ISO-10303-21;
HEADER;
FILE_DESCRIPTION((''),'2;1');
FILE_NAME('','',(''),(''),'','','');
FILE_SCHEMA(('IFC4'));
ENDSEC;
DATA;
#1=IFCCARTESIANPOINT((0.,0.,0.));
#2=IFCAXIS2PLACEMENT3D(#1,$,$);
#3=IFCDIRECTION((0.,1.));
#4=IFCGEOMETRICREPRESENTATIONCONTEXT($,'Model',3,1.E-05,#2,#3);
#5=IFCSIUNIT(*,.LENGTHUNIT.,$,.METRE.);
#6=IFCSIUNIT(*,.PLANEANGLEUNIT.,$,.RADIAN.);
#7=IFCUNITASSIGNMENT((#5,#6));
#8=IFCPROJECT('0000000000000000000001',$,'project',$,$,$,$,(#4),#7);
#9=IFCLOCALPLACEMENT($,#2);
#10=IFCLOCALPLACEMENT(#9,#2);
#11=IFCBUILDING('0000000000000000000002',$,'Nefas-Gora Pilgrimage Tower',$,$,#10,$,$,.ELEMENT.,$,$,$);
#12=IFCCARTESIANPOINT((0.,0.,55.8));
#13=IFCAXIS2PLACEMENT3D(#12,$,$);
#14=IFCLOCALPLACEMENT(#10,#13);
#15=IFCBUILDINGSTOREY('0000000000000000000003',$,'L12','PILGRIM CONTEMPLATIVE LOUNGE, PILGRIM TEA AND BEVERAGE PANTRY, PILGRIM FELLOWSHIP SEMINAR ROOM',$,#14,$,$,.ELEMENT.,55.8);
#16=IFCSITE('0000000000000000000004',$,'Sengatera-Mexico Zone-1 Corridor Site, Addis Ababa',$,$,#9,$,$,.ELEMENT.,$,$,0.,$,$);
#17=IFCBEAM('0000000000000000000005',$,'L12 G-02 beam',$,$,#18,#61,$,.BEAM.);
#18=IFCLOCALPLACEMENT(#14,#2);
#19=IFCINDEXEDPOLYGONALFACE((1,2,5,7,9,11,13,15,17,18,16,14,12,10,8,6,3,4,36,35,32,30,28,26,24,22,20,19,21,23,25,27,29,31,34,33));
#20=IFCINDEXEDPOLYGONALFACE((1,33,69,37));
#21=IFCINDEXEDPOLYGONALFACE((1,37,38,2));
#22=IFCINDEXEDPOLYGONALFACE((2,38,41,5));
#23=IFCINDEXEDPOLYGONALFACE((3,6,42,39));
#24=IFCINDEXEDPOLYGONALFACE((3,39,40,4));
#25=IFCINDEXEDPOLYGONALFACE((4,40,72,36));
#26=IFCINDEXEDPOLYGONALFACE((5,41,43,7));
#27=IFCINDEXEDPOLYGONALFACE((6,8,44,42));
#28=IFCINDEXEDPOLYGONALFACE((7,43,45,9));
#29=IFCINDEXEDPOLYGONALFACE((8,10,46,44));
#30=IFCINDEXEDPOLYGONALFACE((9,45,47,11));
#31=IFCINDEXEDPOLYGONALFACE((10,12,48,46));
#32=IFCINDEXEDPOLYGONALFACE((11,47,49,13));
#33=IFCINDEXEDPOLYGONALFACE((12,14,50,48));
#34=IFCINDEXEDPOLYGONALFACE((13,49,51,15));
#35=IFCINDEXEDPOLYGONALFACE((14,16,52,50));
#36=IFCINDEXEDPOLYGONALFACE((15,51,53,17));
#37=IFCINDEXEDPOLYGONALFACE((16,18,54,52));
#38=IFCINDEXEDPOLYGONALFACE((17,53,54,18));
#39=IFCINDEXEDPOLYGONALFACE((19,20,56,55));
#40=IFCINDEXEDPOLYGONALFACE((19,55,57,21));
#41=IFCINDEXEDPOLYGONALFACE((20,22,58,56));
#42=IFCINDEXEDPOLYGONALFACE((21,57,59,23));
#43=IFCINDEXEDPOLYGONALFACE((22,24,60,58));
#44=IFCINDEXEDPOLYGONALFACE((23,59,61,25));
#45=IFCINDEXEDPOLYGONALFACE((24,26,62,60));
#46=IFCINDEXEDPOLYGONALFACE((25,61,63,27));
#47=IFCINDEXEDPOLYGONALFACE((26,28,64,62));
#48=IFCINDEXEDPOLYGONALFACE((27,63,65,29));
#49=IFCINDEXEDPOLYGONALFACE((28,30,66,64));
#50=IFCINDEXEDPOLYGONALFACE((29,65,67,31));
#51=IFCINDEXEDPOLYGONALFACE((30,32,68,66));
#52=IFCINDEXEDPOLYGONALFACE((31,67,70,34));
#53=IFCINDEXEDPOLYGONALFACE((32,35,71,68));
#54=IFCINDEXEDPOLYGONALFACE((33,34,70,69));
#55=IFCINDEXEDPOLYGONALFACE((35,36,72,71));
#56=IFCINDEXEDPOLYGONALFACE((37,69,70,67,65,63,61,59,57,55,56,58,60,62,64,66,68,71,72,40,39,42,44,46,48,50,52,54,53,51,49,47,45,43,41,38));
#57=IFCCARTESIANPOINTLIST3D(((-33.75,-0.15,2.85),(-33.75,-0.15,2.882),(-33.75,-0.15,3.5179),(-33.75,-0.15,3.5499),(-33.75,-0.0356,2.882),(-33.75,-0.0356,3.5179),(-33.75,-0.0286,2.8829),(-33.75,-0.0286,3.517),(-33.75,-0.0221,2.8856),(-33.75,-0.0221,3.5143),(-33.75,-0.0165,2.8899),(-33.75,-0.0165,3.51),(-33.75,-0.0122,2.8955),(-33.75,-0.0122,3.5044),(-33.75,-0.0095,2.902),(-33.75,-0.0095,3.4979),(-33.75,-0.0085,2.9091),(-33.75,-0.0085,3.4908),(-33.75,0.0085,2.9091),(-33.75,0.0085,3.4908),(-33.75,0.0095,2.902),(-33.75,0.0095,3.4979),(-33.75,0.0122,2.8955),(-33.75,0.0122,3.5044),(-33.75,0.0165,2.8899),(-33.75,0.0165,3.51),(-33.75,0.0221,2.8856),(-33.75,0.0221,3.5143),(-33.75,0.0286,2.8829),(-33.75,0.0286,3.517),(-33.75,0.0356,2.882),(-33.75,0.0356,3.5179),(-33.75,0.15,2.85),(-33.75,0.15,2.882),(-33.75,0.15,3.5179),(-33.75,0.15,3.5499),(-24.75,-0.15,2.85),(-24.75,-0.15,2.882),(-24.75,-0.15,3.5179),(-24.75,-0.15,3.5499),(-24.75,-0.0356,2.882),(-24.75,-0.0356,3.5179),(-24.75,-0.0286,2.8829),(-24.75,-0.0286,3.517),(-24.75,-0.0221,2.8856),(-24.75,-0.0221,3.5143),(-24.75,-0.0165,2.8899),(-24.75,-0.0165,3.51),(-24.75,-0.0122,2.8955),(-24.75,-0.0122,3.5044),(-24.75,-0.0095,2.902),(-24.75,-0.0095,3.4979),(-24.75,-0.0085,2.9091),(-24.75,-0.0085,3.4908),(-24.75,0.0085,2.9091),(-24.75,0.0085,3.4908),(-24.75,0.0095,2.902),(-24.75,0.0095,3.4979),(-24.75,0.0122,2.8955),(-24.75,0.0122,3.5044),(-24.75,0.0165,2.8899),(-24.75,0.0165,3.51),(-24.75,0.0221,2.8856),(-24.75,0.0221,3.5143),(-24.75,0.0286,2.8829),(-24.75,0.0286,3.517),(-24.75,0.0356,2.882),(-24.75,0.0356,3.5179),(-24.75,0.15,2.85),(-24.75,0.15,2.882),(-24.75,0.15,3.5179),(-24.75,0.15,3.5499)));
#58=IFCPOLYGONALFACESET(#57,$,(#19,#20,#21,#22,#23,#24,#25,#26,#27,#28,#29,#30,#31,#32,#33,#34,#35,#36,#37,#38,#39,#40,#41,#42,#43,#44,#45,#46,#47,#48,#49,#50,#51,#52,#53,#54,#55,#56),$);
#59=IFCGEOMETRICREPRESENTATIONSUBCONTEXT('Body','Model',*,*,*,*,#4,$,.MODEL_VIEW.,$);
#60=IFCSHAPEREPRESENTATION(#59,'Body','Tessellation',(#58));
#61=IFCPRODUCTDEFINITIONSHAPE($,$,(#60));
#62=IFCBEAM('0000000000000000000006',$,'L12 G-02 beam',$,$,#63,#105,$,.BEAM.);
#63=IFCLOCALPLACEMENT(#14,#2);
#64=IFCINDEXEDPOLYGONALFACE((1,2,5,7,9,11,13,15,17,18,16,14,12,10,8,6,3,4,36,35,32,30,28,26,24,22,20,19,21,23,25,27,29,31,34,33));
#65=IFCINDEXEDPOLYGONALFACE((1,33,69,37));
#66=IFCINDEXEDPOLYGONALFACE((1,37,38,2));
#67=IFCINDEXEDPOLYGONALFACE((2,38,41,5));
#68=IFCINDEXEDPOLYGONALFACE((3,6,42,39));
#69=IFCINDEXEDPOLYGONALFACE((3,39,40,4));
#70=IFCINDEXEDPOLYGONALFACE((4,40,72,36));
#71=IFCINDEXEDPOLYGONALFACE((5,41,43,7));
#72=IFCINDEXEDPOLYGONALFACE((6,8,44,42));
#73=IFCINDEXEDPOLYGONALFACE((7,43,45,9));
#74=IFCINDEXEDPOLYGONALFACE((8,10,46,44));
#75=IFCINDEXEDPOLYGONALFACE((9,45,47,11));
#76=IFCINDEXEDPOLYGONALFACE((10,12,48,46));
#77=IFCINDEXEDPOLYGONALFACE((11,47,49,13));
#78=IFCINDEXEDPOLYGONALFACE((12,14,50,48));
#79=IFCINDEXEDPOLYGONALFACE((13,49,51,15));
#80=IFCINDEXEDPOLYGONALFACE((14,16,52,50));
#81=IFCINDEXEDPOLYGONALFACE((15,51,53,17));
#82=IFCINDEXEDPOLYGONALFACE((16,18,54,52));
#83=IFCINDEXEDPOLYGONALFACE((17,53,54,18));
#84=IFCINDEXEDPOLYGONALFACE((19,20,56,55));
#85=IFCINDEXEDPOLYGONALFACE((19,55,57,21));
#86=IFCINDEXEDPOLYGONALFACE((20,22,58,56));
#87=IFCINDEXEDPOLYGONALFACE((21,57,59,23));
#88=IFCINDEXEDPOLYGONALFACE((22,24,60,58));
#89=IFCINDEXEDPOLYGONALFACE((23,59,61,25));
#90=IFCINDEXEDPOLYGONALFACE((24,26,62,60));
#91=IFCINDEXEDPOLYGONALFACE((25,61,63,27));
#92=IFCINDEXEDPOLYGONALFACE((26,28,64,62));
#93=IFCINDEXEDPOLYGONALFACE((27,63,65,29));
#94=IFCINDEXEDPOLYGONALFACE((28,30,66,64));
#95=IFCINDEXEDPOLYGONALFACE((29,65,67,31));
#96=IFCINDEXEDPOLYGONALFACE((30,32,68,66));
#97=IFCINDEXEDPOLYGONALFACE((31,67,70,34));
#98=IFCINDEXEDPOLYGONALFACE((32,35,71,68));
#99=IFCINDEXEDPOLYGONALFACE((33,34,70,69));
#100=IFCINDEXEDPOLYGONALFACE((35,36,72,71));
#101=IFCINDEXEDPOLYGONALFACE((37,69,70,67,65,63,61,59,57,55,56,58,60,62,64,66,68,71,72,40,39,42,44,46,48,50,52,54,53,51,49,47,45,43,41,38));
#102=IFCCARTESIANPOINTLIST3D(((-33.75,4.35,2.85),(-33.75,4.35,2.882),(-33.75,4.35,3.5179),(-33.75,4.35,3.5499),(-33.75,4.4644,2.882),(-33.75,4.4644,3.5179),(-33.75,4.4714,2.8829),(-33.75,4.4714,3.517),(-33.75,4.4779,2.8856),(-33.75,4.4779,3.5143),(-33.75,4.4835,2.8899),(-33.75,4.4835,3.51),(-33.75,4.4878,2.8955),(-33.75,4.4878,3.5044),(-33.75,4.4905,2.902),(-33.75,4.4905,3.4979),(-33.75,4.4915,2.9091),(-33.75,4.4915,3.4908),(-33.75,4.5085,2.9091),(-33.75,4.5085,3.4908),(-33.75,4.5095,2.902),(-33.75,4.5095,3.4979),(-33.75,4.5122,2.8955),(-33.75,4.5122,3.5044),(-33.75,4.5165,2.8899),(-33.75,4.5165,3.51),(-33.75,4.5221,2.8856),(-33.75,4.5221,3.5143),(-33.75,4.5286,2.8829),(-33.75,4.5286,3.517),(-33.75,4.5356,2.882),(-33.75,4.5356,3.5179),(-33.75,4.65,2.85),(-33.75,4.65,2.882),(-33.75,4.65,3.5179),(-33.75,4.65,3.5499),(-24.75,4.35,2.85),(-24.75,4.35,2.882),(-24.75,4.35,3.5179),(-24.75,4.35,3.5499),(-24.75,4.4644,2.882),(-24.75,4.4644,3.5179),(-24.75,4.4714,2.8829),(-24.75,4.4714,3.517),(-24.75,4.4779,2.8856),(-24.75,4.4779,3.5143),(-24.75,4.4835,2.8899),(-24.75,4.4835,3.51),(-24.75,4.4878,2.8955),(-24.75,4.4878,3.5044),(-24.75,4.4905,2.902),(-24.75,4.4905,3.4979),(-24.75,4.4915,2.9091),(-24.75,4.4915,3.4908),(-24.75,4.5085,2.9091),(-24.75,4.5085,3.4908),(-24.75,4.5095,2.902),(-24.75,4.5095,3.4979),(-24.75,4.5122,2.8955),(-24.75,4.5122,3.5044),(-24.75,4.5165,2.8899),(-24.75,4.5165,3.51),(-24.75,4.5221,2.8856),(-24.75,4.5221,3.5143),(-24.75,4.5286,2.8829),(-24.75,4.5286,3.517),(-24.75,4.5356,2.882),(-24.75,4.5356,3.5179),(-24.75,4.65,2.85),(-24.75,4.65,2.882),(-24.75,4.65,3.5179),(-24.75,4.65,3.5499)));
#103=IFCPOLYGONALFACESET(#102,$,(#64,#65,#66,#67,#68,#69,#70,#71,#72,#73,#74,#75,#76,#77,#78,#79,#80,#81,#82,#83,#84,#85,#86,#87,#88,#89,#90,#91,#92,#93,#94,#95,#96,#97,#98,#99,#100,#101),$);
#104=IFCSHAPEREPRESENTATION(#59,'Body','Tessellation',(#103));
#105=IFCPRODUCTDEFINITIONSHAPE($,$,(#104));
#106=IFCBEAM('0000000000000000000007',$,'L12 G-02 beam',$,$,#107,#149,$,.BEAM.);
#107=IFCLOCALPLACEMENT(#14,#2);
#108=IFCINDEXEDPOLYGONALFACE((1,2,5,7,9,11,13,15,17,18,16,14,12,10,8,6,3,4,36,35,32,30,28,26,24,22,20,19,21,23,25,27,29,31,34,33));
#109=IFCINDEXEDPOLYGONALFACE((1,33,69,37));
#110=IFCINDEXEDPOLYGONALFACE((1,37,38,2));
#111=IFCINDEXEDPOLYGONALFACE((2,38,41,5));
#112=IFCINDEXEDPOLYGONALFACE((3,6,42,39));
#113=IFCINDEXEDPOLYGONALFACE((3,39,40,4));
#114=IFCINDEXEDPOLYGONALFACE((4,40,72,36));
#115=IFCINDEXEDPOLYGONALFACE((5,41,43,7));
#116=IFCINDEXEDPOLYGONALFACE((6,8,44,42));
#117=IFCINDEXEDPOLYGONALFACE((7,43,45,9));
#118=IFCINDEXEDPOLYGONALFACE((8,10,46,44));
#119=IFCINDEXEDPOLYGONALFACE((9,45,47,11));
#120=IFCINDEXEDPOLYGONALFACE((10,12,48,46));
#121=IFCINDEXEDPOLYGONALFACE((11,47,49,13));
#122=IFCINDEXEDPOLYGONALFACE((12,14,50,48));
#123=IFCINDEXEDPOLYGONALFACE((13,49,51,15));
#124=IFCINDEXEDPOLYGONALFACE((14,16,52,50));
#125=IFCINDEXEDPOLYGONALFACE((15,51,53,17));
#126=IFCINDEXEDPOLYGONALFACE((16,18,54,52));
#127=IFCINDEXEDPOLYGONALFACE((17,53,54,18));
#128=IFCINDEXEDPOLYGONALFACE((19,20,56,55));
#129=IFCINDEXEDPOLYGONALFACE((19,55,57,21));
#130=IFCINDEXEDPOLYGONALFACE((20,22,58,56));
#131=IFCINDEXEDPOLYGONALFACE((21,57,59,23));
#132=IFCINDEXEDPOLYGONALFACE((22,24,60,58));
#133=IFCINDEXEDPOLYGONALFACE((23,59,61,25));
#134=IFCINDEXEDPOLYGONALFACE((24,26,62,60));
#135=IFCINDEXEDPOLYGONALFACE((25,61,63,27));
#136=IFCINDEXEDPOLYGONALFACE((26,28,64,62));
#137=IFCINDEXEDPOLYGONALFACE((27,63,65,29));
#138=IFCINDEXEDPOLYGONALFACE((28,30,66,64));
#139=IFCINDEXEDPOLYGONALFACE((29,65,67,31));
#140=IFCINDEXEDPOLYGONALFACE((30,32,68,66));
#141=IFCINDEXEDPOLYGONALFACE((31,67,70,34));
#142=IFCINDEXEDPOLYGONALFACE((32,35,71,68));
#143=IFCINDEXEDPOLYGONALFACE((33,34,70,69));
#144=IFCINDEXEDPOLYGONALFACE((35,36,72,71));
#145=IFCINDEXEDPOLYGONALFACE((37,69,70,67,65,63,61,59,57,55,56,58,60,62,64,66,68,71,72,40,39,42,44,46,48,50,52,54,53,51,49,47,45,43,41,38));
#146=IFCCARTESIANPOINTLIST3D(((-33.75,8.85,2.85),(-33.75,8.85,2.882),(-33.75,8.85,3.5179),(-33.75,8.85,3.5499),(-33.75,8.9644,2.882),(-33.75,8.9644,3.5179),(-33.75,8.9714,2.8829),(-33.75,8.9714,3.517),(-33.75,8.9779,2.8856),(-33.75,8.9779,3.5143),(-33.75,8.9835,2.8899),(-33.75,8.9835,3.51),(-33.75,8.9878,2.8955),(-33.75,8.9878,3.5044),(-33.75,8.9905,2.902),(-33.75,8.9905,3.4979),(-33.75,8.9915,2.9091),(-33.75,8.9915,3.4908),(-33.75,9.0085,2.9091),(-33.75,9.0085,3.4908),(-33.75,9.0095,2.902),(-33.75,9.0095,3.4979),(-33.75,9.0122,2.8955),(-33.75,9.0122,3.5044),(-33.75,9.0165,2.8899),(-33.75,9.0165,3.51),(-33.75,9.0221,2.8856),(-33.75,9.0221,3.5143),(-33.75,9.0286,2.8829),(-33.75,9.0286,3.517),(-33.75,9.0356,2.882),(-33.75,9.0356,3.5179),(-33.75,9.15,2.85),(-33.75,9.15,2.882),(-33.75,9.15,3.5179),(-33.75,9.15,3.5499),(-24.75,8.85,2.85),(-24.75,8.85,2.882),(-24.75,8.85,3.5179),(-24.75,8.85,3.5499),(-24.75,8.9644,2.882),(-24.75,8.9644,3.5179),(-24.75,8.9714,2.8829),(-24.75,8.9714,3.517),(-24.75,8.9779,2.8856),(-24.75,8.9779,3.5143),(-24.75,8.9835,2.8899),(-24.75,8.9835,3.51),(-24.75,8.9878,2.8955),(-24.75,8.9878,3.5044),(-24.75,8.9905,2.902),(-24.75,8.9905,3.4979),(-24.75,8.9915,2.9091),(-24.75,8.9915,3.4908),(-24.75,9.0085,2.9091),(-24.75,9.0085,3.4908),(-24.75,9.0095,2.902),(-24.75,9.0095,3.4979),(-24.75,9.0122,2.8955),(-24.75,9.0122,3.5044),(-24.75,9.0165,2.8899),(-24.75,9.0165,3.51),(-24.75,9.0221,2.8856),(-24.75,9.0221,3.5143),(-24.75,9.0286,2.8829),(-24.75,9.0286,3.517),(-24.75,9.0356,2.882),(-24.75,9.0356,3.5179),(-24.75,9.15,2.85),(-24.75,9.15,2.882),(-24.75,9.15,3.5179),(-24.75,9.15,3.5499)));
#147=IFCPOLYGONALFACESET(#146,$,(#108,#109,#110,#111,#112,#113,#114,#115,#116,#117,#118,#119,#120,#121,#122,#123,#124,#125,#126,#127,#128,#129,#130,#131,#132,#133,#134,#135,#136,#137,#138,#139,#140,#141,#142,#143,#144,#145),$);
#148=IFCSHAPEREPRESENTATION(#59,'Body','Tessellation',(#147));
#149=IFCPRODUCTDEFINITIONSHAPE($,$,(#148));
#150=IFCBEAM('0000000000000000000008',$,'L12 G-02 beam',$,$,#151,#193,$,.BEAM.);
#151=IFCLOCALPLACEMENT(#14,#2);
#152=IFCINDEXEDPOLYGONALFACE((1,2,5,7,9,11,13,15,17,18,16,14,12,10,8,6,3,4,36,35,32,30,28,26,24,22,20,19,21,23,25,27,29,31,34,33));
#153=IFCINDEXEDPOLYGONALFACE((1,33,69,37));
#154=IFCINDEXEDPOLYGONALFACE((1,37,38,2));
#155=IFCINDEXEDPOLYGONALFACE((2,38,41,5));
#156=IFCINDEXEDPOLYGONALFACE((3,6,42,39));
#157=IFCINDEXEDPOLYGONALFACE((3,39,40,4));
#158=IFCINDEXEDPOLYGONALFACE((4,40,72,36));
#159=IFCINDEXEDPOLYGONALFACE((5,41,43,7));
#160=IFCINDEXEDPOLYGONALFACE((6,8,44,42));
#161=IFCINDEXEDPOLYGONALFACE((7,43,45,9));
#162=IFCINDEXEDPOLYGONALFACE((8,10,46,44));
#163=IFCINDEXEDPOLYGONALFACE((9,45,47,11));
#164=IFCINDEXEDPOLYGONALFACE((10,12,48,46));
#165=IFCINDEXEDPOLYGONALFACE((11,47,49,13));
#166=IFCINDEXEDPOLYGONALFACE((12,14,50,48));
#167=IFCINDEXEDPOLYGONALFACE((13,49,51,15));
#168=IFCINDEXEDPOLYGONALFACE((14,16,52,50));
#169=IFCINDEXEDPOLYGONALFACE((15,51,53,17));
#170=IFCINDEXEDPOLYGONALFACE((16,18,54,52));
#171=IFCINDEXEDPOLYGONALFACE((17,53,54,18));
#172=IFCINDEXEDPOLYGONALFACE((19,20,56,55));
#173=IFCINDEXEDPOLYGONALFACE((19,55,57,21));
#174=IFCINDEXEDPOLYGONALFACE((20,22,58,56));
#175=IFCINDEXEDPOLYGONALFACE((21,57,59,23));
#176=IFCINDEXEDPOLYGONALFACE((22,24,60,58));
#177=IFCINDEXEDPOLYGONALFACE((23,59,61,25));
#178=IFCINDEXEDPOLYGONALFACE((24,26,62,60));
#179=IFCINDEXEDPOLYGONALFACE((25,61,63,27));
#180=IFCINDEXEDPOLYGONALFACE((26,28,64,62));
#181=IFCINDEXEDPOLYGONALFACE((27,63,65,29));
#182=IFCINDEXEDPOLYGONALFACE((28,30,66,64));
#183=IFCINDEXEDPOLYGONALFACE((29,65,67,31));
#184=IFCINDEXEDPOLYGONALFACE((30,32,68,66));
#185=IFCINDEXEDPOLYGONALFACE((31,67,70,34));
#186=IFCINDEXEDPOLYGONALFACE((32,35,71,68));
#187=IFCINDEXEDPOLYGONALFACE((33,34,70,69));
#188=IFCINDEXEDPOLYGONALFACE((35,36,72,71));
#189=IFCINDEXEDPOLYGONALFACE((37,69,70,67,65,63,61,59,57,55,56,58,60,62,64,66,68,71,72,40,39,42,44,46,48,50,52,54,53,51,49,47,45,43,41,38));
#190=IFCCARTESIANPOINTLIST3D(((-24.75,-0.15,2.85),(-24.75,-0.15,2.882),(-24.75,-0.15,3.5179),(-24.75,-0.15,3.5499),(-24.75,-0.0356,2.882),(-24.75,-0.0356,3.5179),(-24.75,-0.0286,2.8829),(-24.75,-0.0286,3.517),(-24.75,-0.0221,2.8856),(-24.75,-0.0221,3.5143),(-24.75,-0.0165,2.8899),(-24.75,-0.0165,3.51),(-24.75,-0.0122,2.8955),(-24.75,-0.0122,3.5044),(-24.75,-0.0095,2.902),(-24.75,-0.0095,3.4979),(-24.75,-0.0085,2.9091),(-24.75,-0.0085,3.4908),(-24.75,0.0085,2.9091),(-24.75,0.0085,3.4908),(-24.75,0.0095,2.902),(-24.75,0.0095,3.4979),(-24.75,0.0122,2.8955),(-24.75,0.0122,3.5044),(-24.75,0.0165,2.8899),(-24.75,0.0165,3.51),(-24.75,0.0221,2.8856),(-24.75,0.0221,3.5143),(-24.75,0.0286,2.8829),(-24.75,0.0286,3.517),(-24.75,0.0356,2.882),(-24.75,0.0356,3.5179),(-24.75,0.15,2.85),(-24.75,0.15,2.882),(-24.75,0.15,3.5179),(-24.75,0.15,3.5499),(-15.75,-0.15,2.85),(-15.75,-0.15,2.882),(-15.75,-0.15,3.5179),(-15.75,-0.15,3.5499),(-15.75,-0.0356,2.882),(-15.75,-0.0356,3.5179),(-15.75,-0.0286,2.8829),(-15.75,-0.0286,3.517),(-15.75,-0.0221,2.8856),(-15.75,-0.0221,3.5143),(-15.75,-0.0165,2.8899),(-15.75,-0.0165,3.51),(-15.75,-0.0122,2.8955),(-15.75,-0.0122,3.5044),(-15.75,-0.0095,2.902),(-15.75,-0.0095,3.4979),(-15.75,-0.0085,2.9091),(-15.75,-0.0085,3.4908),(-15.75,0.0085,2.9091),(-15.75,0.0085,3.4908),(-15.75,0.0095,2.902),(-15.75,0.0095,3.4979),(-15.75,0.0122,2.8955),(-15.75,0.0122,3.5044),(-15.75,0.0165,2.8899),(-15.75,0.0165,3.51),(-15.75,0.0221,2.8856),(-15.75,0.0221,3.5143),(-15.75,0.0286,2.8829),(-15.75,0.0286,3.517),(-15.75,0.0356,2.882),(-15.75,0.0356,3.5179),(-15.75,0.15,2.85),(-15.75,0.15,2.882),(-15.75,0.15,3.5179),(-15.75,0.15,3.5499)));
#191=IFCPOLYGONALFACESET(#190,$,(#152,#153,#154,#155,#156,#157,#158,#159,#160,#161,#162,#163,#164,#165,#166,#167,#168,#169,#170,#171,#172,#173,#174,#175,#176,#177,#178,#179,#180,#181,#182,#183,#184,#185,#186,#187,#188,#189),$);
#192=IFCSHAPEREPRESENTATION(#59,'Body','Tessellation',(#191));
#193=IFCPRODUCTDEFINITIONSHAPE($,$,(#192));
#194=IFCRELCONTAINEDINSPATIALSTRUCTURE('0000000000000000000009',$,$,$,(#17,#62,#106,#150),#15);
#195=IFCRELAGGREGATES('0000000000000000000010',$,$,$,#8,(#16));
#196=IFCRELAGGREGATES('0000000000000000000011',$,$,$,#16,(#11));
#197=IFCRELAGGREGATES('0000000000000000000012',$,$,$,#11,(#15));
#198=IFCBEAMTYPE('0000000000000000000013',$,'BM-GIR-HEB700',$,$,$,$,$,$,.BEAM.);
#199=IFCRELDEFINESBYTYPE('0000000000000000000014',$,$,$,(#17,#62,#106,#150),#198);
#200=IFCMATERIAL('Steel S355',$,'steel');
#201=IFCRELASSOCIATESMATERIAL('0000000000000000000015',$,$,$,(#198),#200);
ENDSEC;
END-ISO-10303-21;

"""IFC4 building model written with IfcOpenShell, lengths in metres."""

from ifc_helpers import new_model, si_unit, direction, frame, origin, origin_2d, place, context, subcontext, project, spatial, i_section, extrude, source, transform, mapped, material, material_profile, profile_set, type_object, element, save


model = new_model("IFC4")

# Units and contexts
model_context = context("Model", 3, precision=1e-05, world=origin(), true_north=direction((0.0, 1.0)))
body_context = subcontext(model_context, "Body", "Model", "MODEL_VIEW")
ifc_project = project(units=[si_unit("LENGTHUNIT", "METRE"), si_unit("PLANEANGLEUNIT", "RADIAN")], contexts=[model_context])

# Site, building, storey
site_placement = place(None, origin())
site = spatial("IfcSite", under=ifc_project, at=site_placement, Name="Sengatera-Mexico Zone-1 Corridor Site, Addis Ababa", CompositionType="ELEMENT", RefElevation=0.0)
building_placement = place(site_placement, origin())
building = spatial("IfcBuilding", under=site, at=building_placement, Name="Nefas-Gora Pilgrimage Tower", CompositionType="ELEMENT")
storey_placement = place(building_placement, frame((0.0, 0.0, 55.8)))
storey = spatial("IfcBuildingStorey", under=building, at=storey_placement, Name="L12", Description="PILGRIM CONTEMPLATIVE LOUNGE, PILGRIM TEA AND BEVERAGE PANTRY, PILGRIM FELLOWSHIP SEMINAR ROOM", CompositionType="ELEMENT", Elevation=55.8)

# Beams
ifc_material_1 = material(Name="Steel S355", Category="steel")
ifc_material_profile_1 = material_profile(ifc_material_1, i_section(OverallWidth=0.3, OverallDepth=0.7, WebThickness=0.0171, FlangeThickness=0.032, FilletRadius=0.0271, at=origin_2d()), Name="HEB 700")
ifc_profile_set_1 = profile_set([ifc_material_profile_1], Name="Steel S355")
beam_type_1 = type_object("IfcBeamType", Name="BM-GIR-HEB700", PredefinedType="BEAM", material=ifc_profile_set_1)
shared_shape_1 = source(origin(), body_context, "Body", "SweptSolid", [
    extrude(i_section(OverallWidth=0.3, OverallDepth=0.7, WebThickness=0.0171, FlangeThickness=0.032, FilletRadius=0.0271, at=origin_2d()), origin(), (0.0, 0.0, 1.0), 9.0),
])
for number, where, z_axis, x_axis, name in (
    (1, (-33.75, 0.0, 3.2), (1.0, 0.0, 0.0), (0.0, 1.0, 0.0), "L12 G-02 beam"),
    (2, (-33.75, 4.5, 3.2), (1.0, 0.0, 0.0), (0.0, 1.0, 0.0), "L12 G-02 beam"),
    (3, (-33.75, 9.0, 3.2), (1.0, 0.0, 0.0), (0.0, 1.0, 0.0), "L12 G-02 beam"),
    (4, (-24.75, 0.0, 3.2), (1.0, 0.0, 0.0), (0.0, 1.0, 0.0), "L12 G-02 beam"),
):
    element("IfcBeam", number, at=place(storey_placement, frame(where, z_axis=z_axis, x_axis=x_axis)), inside=storey, type_object=beam_type_1, Name=name, PredefinedType="BEAM", context=body_context, shape_type="MappedRepresentation", body=[
        mapped(shared_shape_1, transform((0.0, 0.0, 0.0), x_axis=(1.0, 0.0, 0.0), y_axis=(0.0, 1.0, 0.0), z_axis=(0.0, 0.0, 1.0), scale=1.0)),
    ])

save(model, "model.ifc")
